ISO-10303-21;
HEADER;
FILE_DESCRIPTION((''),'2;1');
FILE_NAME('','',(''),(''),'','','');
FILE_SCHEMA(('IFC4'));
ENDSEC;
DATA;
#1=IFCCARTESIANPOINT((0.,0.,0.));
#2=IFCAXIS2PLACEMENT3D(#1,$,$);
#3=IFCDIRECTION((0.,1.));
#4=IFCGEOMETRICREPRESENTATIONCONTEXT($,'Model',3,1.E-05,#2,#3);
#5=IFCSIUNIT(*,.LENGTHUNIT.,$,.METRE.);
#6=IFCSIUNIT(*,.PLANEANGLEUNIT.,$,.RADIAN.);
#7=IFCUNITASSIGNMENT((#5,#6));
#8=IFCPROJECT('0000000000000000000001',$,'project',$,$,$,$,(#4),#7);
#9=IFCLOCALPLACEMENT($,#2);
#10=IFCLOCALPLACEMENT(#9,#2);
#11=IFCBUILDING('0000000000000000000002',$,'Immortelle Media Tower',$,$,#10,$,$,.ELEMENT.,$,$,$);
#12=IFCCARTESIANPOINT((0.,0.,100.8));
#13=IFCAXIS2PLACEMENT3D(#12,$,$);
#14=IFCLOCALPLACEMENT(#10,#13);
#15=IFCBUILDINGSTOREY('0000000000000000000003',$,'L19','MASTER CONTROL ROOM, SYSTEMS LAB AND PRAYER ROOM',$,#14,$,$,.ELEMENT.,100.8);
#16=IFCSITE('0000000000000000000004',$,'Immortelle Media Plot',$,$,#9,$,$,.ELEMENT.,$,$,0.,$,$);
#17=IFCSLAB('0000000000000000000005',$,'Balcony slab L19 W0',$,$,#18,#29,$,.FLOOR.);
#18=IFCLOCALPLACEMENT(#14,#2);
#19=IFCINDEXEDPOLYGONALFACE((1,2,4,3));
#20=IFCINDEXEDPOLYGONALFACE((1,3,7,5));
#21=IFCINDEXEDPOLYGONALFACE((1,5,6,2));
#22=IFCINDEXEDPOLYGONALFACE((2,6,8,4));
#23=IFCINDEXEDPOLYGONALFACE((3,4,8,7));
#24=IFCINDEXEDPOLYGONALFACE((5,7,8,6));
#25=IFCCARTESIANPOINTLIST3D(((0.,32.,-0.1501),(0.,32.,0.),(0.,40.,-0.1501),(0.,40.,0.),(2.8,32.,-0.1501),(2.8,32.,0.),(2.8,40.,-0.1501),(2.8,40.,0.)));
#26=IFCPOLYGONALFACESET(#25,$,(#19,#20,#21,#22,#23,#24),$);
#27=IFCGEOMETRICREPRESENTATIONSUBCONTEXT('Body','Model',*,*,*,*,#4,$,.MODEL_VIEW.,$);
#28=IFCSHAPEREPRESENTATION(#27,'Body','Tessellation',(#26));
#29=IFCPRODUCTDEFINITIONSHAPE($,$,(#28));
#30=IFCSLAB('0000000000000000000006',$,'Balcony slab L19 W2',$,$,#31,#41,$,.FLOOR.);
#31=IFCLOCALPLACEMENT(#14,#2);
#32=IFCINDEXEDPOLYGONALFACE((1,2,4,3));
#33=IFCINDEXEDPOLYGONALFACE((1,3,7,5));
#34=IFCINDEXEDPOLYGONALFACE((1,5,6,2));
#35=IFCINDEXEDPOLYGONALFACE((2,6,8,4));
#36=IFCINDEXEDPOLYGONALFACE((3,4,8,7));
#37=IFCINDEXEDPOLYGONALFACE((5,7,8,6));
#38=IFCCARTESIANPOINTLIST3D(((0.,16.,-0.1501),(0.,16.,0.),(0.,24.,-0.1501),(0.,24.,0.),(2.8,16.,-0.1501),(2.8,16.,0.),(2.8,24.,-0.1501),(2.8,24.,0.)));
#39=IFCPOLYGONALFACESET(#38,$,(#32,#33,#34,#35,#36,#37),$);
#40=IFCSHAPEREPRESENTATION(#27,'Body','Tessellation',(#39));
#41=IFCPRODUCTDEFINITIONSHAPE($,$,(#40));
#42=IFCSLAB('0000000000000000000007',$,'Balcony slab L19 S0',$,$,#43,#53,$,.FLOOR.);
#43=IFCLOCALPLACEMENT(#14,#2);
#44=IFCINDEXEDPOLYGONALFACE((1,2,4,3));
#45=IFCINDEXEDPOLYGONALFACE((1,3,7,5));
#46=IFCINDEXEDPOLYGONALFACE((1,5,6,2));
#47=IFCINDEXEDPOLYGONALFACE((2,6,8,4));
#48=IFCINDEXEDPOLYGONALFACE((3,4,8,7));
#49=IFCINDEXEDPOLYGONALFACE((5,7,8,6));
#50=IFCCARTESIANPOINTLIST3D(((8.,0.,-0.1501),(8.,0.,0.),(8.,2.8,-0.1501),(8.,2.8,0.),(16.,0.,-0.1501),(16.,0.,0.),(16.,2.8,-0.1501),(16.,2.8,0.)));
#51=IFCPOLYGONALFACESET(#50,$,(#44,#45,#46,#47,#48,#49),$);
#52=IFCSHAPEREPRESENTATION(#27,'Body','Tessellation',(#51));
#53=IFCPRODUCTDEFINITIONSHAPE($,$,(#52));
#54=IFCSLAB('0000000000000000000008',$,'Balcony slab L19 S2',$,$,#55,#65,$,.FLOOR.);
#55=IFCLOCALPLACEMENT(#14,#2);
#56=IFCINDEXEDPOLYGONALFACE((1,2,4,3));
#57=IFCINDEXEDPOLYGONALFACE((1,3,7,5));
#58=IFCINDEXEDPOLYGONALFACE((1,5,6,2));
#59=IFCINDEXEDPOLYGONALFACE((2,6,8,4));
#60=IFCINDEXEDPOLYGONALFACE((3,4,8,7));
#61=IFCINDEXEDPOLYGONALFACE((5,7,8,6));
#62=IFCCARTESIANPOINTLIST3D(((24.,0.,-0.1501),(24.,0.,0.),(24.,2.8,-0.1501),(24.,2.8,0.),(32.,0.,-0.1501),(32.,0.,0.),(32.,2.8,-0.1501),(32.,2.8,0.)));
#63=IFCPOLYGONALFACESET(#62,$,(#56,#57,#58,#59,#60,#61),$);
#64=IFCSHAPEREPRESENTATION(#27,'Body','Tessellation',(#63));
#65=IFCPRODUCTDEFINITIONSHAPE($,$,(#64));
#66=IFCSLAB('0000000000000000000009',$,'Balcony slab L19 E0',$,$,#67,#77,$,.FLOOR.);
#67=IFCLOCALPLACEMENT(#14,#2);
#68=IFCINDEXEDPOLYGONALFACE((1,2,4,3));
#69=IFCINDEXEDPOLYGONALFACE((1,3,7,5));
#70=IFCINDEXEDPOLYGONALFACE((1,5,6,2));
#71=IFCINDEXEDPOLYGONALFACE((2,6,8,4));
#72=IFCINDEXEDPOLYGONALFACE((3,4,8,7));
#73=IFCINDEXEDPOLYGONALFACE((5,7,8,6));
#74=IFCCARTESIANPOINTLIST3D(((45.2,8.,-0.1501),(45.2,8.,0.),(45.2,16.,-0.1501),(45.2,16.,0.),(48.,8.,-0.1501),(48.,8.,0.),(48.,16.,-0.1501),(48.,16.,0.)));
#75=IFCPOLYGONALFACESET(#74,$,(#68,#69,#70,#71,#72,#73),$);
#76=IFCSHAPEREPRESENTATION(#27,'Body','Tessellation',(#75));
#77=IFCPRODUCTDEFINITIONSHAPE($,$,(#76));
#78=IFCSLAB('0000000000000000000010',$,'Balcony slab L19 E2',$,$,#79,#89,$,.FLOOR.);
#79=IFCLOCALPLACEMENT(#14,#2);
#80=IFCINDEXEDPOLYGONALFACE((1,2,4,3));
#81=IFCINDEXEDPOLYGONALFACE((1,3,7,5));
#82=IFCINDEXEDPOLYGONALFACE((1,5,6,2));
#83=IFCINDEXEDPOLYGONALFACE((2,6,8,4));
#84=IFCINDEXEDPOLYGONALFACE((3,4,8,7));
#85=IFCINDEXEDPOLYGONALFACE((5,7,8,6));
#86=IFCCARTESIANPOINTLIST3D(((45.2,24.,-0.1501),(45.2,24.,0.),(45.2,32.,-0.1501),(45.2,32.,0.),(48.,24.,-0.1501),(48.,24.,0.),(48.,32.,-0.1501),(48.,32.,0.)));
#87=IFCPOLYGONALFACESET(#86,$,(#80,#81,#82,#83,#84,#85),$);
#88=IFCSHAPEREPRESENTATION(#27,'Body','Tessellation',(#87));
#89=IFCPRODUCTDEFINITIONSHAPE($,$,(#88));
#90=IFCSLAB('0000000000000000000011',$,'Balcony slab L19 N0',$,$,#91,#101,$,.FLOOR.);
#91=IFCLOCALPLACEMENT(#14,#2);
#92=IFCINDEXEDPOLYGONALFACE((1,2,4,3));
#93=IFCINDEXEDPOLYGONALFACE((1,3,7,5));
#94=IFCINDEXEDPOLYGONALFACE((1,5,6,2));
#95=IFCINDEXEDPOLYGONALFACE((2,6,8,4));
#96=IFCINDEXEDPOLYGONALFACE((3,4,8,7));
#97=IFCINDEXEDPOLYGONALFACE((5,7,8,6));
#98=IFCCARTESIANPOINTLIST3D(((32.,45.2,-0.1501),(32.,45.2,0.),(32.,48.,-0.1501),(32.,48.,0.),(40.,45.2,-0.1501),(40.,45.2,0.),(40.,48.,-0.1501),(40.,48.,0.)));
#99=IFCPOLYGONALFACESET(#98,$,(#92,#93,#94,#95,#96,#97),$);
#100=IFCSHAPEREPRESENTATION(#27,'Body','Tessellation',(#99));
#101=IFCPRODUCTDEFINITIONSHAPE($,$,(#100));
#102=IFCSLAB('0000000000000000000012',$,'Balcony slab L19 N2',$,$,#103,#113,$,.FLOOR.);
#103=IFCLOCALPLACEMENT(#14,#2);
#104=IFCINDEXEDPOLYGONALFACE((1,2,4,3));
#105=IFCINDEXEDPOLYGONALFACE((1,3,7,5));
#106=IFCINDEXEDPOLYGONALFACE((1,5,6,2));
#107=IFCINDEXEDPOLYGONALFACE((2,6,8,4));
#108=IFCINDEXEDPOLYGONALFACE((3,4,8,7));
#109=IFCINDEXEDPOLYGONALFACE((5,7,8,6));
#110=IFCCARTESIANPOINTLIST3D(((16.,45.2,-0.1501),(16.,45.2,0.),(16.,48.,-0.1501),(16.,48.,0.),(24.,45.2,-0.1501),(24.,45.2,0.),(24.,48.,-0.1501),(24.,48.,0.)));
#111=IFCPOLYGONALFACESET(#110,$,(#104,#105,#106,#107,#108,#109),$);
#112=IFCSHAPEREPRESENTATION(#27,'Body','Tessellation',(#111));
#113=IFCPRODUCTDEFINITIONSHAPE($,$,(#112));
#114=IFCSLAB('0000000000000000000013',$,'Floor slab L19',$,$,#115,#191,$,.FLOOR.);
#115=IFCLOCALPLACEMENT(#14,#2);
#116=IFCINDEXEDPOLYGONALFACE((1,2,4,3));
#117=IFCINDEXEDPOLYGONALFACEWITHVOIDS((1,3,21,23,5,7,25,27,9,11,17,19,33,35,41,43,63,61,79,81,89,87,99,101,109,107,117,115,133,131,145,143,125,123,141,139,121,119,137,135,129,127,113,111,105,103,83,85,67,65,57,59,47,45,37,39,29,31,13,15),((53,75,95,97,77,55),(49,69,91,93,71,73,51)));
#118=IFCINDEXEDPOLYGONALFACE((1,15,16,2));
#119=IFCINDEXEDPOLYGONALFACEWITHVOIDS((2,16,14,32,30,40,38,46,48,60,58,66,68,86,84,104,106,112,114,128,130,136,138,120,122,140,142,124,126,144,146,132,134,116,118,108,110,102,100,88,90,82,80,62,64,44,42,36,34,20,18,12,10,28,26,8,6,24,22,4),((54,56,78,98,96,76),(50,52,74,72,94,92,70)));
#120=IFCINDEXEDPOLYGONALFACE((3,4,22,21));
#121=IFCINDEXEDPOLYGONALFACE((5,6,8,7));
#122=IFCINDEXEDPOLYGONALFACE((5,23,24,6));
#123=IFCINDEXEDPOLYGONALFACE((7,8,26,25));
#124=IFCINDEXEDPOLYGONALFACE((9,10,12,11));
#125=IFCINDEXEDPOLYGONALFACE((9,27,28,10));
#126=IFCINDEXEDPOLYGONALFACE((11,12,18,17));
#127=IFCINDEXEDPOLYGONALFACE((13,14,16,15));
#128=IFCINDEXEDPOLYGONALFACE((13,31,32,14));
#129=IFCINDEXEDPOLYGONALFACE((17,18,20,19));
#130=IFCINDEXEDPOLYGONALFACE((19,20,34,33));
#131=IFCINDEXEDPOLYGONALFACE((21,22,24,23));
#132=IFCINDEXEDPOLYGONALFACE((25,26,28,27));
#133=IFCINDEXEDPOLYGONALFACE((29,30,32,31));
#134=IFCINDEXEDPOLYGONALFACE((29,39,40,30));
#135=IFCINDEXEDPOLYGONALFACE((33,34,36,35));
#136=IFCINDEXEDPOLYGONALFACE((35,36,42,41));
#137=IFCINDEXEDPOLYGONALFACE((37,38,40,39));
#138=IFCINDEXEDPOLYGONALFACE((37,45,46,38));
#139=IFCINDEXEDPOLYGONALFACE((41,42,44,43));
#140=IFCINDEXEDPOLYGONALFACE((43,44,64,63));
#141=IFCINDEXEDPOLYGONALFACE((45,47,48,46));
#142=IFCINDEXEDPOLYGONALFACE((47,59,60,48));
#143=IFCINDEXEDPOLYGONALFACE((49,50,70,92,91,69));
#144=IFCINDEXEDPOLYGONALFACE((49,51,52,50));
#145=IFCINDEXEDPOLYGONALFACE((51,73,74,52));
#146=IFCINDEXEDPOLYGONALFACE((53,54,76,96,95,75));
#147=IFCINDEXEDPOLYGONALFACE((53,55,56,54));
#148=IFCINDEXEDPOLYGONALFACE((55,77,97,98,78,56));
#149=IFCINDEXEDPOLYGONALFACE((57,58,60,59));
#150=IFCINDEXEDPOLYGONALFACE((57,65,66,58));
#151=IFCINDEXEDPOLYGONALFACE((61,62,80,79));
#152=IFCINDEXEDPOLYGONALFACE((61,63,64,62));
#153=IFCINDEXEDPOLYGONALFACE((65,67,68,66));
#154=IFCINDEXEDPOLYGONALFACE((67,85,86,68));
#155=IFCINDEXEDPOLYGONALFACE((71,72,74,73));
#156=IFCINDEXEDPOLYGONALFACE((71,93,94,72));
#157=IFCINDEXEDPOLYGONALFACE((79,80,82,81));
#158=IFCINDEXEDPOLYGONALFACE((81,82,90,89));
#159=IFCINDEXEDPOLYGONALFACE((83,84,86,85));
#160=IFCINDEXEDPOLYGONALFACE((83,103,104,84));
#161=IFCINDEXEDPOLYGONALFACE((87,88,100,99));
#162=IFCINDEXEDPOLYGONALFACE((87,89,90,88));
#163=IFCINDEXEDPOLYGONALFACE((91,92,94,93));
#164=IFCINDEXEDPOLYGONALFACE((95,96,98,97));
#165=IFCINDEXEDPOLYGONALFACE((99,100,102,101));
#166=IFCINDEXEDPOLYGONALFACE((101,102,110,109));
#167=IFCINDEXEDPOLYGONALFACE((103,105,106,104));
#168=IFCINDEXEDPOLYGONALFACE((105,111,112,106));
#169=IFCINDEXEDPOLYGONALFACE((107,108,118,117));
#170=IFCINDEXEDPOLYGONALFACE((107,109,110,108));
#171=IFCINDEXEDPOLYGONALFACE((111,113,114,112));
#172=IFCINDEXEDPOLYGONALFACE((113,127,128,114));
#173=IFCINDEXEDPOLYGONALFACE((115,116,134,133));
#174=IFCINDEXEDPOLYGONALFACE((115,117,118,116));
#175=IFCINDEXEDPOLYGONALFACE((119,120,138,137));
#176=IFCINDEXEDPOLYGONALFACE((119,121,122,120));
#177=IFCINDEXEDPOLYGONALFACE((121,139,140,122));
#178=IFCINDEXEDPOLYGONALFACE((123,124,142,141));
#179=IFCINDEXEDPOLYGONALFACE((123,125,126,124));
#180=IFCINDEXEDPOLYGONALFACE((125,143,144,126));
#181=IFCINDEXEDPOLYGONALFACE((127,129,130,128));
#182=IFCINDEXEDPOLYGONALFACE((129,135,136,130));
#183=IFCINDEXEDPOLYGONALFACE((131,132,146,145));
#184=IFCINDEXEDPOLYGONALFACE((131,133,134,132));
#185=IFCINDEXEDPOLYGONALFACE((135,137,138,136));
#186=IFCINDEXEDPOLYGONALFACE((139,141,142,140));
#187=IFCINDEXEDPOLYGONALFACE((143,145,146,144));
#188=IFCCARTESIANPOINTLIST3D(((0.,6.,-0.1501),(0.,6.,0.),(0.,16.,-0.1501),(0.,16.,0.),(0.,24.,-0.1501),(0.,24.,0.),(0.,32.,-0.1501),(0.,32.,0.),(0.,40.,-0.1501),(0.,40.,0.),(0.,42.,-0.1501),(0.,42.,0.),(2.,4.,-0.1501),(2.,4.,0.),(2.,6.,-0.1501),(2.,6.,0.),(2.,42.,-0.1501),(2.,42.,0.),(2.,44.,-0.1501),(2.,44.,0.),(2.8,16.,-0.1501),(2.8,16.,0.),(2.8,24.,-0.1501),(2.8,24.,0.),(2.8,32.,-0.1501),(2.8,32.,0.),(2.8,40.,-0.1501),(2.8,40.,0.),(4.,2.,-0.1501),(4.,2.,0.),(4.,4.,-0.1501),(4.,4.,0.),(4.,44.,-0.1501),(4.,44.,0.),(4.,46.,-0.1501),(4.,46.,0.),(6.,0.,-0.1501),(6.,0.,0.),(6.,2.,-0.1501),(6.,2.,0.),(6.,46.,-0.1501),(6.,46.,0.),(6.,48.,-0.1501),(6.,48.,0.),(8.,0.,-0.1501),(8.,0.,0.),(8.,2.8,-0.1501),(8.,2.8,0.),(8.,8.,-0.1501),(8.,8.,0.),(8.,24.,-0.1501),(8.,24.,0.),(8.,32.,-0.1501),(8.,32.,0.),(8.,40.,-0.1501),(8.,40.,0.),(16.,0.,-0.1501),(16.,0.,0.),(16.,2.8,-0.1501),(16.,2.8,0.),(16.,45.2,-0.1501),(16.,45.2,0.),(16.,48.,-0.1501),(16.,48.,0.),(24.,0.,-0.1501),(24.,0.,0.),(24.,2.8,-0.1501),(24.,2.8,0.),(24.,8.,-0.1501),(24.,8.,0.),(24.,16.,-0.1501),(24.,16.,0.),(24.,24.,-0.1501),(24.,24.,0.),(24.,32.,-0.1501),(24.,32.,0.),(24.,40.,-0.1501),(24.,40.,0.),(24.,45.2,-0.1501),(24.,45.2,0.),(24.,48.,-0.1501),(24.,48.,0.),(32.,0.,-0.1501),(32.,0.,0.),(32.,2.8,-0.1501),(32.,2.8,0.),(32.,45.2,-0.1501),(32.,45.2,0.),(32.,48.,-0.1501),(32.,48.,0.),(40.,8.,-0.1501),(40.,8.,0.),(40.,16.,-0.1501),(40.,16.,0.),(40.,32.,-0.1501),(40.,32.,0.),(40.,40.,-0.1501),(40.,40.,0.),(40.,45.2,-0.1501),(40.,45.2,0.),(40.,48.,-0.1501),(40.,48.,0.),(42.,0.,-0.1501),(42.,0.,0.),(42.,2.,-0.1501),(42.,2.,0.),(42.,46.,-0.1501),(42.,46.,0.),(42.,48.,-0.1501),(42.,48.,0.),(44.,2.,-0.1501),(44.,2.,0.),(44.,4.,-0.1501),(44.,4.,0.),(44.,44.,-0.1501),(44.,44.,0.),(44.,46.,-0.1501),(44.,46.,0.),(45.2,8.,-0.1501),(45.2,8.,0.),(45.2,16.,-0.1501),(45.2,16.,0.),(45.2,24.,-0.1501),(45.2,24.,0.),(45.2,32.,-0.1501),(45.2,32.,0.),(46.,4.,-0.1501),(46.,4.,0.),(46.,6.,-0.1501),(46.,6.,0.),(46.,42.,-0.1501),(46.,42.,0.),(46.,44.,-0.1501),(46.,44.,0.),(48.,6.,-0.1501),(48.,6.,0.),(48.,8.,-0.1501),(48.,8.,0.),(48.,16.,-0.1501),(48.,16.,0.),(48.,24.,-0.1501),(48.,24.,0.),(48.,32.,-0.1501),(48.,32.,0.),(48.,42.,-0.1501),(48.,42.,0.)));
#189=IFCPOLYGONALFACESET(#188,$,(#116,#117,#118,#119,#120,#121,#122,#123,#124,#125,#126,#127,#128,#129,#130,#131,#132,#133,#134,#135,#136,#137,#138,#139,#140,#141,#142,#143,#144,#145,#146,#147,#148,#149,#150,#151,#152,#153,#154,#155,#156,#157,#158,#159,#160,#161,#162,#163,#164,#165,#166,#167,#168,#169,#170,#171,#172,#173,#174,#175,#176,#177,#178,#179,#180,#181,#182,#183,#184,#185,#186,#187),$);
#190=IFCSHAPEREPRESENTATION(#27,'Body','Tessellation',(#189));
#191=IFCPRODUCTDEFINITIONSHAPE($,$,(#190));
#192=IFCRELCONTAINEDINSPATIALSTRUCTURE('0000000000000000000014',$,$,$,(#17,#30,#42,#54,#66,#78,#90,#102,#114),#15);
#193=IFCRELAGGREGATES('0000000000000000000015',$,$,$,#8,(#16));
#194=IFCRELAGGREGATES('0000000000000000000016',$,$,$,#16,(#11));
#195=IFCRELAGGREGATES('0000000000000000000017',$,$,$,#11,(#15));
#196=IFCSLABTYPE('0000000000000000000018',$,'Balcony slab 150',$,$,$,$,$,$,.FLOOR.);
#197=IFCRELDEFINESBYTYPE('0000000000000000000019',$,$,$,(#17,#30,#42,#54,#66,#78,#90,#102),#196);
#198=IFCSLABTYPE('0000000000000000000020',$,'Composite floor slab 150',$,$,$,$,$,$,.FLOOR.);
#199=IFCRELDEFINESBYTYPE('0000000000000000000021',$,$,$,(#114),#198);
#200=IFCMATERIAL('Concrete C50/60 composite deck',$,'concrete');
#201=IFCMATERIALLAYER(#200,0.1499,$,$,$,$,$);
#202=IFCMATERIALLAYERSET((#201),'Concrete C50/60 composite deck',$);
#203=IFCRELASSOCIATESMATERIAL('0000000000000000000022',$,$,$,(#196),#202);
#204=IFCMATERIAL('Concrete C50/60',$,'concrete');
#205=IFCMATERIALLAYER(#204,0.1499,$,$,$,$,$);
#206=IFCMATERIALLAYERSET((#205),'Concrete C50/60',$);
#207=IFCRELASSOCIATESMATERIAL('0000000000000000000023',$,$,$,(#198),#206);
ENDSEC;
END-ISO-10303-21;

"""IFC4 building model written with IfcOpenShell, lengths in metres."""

from ifc_helpers import new_model, si_unit, direction, frame, origin, place, context, subcontext, project, spatial, polyline, outline, extrude, material, layer, layer_set, type_object, element, save


model = new_model("IFC4")

# Units and contexts
model_context = context("Model", 3, precision=1e-05, world=origin(), true_north=direction((0.0, 1.0)))
body_context = subcontext(model_context, "Body", "Model", "MODEL_VIEW")
ifc_project = project(units=[si_unit("LENGTHUNIT", "METRE"), si_unit("PLANEANGLEUNIT", "RADIAN")], contexts=[model_context])

# Site, building, storey
site_placement = place(None, origin())
site = spatial("IfcSite", under=ifc_project, at=site_placement, Name="Immortelle Media Plot", CompositionType="ELEMENT", RefElevation=0.0)
building_placement = place(site_placement, origin())
building = spatial("IfcBuilding", under=site, at=building_placement, Name="Immortelle Media Tower", CompositionType="ELEMENT")
storey_placement = place(building_placement, frame((0.0, 0.0, 100.8)))
storey = spatial("IfcBuildingStorey", under=building, at=storey_placement, Name="L19", Description="MASTER CONTROL ROOM, SYSTEMS LAB AND PRAYER ROOM", CompositionType="ELEMENT", Elevation=100.8)

# Slabs
ifc_material_1 = material(Name="Concrete C50/60 composite deck", Category="concrete")
ifc_layer_1 = layer(ifc_material_1, 0.1499)
ifc_layer_set_1 = layer_set([ifc_layer_1], Name="Concrete C50/60 composite deck")
slab_type_1 = type_object("IfcSlabType", Name="Balcony slab 150", PredefinedType="FLOOR", material=ifc_layer_set_1)
slab_1_placement = place(storey_placement, frame((0.0, 0.0, -0.1501)))
element("IfcSlab", 1, at=slab_1_placement, inside=storey, type_object=slab_type_1, Name="Balcony slab L19 W0", PredefinedType="FLOOR", context=body_context, shape_type="SweptSolid", body=[
    extrude(outline(polyline([(2.8, 32.0), (2.8, 40.0), (0.0, 40.0), (0.0, 32.0), (2.8, 32.0)])), origin(), (0.0, 0.0, 1.0), 0.1501),
])
slab_2_placement = place(storey_placement, frame((0.0, 0.0, -0.1501)))
element("IfcSlab", 2, at=slab_2_placement, inside=storey, type_object=slab_type_1, Name="Balcony slab L19 W2", PredefinedType="FLOOR", context=body_context, shape_type="SweptSolid", body=[
    extrude(outline(polyline([(2.8, 16.0), (2.8, 24.0), (0.0, 24.0), (0.0, 16.0), (2.8, 16.0)])), origin(), (0.0, 0.0, 1.0), 0.1501),
])
slab_3_placement = place(storey_placement, frame((0.0, 0.0, -0.1501)))
element("IfcSlab", 3, at=slab_3_placement, inside=storey, type_object=slab_type_1, Name="Balcony slab L19 S0", PredefinedType="FLOOR", context=body_context, shape_type="SweptSolid", body=[
    extrude(outline(polyline([(16.0, 0.0), (16.0, 2.8), (8.0, 2.8), (8.0, 0.0), (16.0, 0.0)])), origin(), (0.0, 0.0, 1.0), 0.1501),
])
slab_4_placement = place(storey_placement, frame((0.0, 0.0, -0.1501)))
element("IfcSlab", 4, at=slab_4_placement, inside=storey, type_object=slab_type_1, Name="Balcony slab L19 S2", PredefinedType="FLOOR", context=body_context, shape_type="SweptSolid", body=[
    extrude(outline(polyline([(32.0, 0.0), (32.0, 2.8), (24.0, 2.8), (24.0, 0.0), (32.0, 0.0)])), origin(), (0.0, 0.0, 1.0), 0.1501),
])
slab_5_placement = place(storey_placement, frame((0.0, 0.0, -0.1501)))
element("IfcSlab", 5, at=slab_5_placement, inside=storey, type_object=slab_type_1, Name="Balcony slab L19 E0", PredefinedType="FLOOR", context=body_context, shape_type="SweptSolid", body=[
    extrude(outline(polyline([(48.0, 8.0), (48.0, 16.0), (45.2, 16.0), (45.2, 8.0), (48.0, 8.0)])), origin(), (0.0, 0.0, 1.0), 0.1501),
])
slab_6_placement = place(storey_placement, frame((0.0, 0.0, -0.1501)))
element("IfcSlab", 6, at=slab_6_placement, inside=storey, type_object=slab_type_1, Name="Balcony slab L19 E2", PredefinedType="FLOOR", context=body_context, shape_type="SweptSolid", body=[
    extrude(outline(polyline([(48.0, 24.0), (48.0, 32.0), (45.2, 32.0), (45.2, 24.0), (48.0, 24.0)])), origin(), (0.0, 0.0, 1.0), 0.1501),
])
slab_7_placement = place(storey_placement, frame((0.0, 0.0, -0.1501)))
element("IfcSlab", 7, at=slab_7_placement, inside=storey, type_object=slab_type_1, Name="Balcony slab L19 N0", PredefinedType="FLOOR", context=body_context, shape_type="SweptSolid", body=[
    extrude(outline(polyline([(40.0, 45.2), (40.0, 48.0), (32.0, 48.0), (32.0, 45.2), (40.0, 45.2)])), origin(), (0.0, 0.0, 1.0), 0.1501),
])
slab_8_placement = place(storey_placement, frame((0.0, 0.0, -0.1501)))
element("IfcSlab", 8, at=slab_8_placement, inside=storey, type_object=slab_type_1, Name="Balcony slab L19 N2", PredefinedType="FLOOR", context=body_context, shape_type="SweptSolid", body=[
    extrude(outline(polyline([(24.0, 45.2), (24.0, 48.0), (16.0, 48.0), (16.0, 45.2), (24.0, 45.2)])), origin(), (0.0, 0.0, 1.0), 0.1501),
])
ifc_material_2 = material(Name="Concrete C50/60", Category="concrete")
ifc_layer_2 = layer(ifc_material_2, 0.1499)
ifc_layer_set_2 = layer_set([ifc_layer_2], Name="Concrete C50/60")
slab_type_2 = type_object("IfcSlabType", Name="Composite floor slab 150", PredefinedType="FLOOR", material=ifc_layer_set_2)
slab_9_placement = place(storey_placement, frame((0.0, 0.0, -0.1501)))
element("IfcSlab", 9, at=slab_9_placement, inside=storey, type_object=slab_type_2, Name="Floor slab L19", PredefinedType="FLOOR", context=body_context, shape_type="SweptSolid", body=[
    extrude(outline(polyline([(6.0, 0.0), (6.0, 2.0), (4.0, 2.0), (4.0, 4.0), (2.0, 4.0), (2.0, 6.0), (0.0, 6.0), (0.0, 16.0), (2.8, 16.0), (2.8, 24.0), (0.0, 24.0), (0.0, 32.0), (2.8, 32.0), (2.8, 40.0), (0.0, 40.0), (0.0, 42.0), (2.0, 42.0), (2.0, 44.0), (4.0, 44.0), (4.0, 46.0), (6.0, 46.0), (6.0, 48.0), (16.0, 48.0), (16.0, 45.2), (24.0, 45.2), (24.0, 48.0), (32.0, 48.0), (32.0, 45.2), (40.0, 45.2), (40.0, 48.0), (42.0, 48.0), (42.0, 46.0), (44.0, 46.0), (44.0, 44.0), (46.0, 44.0), (46.0, 42.0), (48.0, 42.0), (48.0, 32.0), (45.2, 32.0), (45.2, 24.0), (48.0, 24.0), (48.0, 16.0), (45.2, 16.0), (45.2, 8.0), (48.0, 8.0), (48.0, 6.0), (46.0, 6.0), (46.0, 4.0), (44.0, 4.0), (44.0, 2.0), (42.0, 2.0), (42.0, 0.0), (32.0, 0.0), (32.0, 2.8), (24.0, 2.8), (24.0, 0.0), (16.0, 0.0), (16.0, 2.8), (8.0, 2.8), (8.0, 0.0), (6.0, 0.0)]), holes=[polyline([(24.0, 24.0), (8.0, 24.0), (8.0, 8.0), (24.0, 8.0), (40.0, 8.0), (40.0, 16.0), (24.0, 16.0), (24.0, 24.0)]), polyline([(24.0, 32.0), (40.0, 32.0), (40.0, 40.0), (24.0, 40.0), (8.0, 40.0), (8.0, 32.0), (24.0, 32.0)])]), origin(), (0.0, 0.0, 1.0), 0.1501),
])

save(model, "model.ifc")
